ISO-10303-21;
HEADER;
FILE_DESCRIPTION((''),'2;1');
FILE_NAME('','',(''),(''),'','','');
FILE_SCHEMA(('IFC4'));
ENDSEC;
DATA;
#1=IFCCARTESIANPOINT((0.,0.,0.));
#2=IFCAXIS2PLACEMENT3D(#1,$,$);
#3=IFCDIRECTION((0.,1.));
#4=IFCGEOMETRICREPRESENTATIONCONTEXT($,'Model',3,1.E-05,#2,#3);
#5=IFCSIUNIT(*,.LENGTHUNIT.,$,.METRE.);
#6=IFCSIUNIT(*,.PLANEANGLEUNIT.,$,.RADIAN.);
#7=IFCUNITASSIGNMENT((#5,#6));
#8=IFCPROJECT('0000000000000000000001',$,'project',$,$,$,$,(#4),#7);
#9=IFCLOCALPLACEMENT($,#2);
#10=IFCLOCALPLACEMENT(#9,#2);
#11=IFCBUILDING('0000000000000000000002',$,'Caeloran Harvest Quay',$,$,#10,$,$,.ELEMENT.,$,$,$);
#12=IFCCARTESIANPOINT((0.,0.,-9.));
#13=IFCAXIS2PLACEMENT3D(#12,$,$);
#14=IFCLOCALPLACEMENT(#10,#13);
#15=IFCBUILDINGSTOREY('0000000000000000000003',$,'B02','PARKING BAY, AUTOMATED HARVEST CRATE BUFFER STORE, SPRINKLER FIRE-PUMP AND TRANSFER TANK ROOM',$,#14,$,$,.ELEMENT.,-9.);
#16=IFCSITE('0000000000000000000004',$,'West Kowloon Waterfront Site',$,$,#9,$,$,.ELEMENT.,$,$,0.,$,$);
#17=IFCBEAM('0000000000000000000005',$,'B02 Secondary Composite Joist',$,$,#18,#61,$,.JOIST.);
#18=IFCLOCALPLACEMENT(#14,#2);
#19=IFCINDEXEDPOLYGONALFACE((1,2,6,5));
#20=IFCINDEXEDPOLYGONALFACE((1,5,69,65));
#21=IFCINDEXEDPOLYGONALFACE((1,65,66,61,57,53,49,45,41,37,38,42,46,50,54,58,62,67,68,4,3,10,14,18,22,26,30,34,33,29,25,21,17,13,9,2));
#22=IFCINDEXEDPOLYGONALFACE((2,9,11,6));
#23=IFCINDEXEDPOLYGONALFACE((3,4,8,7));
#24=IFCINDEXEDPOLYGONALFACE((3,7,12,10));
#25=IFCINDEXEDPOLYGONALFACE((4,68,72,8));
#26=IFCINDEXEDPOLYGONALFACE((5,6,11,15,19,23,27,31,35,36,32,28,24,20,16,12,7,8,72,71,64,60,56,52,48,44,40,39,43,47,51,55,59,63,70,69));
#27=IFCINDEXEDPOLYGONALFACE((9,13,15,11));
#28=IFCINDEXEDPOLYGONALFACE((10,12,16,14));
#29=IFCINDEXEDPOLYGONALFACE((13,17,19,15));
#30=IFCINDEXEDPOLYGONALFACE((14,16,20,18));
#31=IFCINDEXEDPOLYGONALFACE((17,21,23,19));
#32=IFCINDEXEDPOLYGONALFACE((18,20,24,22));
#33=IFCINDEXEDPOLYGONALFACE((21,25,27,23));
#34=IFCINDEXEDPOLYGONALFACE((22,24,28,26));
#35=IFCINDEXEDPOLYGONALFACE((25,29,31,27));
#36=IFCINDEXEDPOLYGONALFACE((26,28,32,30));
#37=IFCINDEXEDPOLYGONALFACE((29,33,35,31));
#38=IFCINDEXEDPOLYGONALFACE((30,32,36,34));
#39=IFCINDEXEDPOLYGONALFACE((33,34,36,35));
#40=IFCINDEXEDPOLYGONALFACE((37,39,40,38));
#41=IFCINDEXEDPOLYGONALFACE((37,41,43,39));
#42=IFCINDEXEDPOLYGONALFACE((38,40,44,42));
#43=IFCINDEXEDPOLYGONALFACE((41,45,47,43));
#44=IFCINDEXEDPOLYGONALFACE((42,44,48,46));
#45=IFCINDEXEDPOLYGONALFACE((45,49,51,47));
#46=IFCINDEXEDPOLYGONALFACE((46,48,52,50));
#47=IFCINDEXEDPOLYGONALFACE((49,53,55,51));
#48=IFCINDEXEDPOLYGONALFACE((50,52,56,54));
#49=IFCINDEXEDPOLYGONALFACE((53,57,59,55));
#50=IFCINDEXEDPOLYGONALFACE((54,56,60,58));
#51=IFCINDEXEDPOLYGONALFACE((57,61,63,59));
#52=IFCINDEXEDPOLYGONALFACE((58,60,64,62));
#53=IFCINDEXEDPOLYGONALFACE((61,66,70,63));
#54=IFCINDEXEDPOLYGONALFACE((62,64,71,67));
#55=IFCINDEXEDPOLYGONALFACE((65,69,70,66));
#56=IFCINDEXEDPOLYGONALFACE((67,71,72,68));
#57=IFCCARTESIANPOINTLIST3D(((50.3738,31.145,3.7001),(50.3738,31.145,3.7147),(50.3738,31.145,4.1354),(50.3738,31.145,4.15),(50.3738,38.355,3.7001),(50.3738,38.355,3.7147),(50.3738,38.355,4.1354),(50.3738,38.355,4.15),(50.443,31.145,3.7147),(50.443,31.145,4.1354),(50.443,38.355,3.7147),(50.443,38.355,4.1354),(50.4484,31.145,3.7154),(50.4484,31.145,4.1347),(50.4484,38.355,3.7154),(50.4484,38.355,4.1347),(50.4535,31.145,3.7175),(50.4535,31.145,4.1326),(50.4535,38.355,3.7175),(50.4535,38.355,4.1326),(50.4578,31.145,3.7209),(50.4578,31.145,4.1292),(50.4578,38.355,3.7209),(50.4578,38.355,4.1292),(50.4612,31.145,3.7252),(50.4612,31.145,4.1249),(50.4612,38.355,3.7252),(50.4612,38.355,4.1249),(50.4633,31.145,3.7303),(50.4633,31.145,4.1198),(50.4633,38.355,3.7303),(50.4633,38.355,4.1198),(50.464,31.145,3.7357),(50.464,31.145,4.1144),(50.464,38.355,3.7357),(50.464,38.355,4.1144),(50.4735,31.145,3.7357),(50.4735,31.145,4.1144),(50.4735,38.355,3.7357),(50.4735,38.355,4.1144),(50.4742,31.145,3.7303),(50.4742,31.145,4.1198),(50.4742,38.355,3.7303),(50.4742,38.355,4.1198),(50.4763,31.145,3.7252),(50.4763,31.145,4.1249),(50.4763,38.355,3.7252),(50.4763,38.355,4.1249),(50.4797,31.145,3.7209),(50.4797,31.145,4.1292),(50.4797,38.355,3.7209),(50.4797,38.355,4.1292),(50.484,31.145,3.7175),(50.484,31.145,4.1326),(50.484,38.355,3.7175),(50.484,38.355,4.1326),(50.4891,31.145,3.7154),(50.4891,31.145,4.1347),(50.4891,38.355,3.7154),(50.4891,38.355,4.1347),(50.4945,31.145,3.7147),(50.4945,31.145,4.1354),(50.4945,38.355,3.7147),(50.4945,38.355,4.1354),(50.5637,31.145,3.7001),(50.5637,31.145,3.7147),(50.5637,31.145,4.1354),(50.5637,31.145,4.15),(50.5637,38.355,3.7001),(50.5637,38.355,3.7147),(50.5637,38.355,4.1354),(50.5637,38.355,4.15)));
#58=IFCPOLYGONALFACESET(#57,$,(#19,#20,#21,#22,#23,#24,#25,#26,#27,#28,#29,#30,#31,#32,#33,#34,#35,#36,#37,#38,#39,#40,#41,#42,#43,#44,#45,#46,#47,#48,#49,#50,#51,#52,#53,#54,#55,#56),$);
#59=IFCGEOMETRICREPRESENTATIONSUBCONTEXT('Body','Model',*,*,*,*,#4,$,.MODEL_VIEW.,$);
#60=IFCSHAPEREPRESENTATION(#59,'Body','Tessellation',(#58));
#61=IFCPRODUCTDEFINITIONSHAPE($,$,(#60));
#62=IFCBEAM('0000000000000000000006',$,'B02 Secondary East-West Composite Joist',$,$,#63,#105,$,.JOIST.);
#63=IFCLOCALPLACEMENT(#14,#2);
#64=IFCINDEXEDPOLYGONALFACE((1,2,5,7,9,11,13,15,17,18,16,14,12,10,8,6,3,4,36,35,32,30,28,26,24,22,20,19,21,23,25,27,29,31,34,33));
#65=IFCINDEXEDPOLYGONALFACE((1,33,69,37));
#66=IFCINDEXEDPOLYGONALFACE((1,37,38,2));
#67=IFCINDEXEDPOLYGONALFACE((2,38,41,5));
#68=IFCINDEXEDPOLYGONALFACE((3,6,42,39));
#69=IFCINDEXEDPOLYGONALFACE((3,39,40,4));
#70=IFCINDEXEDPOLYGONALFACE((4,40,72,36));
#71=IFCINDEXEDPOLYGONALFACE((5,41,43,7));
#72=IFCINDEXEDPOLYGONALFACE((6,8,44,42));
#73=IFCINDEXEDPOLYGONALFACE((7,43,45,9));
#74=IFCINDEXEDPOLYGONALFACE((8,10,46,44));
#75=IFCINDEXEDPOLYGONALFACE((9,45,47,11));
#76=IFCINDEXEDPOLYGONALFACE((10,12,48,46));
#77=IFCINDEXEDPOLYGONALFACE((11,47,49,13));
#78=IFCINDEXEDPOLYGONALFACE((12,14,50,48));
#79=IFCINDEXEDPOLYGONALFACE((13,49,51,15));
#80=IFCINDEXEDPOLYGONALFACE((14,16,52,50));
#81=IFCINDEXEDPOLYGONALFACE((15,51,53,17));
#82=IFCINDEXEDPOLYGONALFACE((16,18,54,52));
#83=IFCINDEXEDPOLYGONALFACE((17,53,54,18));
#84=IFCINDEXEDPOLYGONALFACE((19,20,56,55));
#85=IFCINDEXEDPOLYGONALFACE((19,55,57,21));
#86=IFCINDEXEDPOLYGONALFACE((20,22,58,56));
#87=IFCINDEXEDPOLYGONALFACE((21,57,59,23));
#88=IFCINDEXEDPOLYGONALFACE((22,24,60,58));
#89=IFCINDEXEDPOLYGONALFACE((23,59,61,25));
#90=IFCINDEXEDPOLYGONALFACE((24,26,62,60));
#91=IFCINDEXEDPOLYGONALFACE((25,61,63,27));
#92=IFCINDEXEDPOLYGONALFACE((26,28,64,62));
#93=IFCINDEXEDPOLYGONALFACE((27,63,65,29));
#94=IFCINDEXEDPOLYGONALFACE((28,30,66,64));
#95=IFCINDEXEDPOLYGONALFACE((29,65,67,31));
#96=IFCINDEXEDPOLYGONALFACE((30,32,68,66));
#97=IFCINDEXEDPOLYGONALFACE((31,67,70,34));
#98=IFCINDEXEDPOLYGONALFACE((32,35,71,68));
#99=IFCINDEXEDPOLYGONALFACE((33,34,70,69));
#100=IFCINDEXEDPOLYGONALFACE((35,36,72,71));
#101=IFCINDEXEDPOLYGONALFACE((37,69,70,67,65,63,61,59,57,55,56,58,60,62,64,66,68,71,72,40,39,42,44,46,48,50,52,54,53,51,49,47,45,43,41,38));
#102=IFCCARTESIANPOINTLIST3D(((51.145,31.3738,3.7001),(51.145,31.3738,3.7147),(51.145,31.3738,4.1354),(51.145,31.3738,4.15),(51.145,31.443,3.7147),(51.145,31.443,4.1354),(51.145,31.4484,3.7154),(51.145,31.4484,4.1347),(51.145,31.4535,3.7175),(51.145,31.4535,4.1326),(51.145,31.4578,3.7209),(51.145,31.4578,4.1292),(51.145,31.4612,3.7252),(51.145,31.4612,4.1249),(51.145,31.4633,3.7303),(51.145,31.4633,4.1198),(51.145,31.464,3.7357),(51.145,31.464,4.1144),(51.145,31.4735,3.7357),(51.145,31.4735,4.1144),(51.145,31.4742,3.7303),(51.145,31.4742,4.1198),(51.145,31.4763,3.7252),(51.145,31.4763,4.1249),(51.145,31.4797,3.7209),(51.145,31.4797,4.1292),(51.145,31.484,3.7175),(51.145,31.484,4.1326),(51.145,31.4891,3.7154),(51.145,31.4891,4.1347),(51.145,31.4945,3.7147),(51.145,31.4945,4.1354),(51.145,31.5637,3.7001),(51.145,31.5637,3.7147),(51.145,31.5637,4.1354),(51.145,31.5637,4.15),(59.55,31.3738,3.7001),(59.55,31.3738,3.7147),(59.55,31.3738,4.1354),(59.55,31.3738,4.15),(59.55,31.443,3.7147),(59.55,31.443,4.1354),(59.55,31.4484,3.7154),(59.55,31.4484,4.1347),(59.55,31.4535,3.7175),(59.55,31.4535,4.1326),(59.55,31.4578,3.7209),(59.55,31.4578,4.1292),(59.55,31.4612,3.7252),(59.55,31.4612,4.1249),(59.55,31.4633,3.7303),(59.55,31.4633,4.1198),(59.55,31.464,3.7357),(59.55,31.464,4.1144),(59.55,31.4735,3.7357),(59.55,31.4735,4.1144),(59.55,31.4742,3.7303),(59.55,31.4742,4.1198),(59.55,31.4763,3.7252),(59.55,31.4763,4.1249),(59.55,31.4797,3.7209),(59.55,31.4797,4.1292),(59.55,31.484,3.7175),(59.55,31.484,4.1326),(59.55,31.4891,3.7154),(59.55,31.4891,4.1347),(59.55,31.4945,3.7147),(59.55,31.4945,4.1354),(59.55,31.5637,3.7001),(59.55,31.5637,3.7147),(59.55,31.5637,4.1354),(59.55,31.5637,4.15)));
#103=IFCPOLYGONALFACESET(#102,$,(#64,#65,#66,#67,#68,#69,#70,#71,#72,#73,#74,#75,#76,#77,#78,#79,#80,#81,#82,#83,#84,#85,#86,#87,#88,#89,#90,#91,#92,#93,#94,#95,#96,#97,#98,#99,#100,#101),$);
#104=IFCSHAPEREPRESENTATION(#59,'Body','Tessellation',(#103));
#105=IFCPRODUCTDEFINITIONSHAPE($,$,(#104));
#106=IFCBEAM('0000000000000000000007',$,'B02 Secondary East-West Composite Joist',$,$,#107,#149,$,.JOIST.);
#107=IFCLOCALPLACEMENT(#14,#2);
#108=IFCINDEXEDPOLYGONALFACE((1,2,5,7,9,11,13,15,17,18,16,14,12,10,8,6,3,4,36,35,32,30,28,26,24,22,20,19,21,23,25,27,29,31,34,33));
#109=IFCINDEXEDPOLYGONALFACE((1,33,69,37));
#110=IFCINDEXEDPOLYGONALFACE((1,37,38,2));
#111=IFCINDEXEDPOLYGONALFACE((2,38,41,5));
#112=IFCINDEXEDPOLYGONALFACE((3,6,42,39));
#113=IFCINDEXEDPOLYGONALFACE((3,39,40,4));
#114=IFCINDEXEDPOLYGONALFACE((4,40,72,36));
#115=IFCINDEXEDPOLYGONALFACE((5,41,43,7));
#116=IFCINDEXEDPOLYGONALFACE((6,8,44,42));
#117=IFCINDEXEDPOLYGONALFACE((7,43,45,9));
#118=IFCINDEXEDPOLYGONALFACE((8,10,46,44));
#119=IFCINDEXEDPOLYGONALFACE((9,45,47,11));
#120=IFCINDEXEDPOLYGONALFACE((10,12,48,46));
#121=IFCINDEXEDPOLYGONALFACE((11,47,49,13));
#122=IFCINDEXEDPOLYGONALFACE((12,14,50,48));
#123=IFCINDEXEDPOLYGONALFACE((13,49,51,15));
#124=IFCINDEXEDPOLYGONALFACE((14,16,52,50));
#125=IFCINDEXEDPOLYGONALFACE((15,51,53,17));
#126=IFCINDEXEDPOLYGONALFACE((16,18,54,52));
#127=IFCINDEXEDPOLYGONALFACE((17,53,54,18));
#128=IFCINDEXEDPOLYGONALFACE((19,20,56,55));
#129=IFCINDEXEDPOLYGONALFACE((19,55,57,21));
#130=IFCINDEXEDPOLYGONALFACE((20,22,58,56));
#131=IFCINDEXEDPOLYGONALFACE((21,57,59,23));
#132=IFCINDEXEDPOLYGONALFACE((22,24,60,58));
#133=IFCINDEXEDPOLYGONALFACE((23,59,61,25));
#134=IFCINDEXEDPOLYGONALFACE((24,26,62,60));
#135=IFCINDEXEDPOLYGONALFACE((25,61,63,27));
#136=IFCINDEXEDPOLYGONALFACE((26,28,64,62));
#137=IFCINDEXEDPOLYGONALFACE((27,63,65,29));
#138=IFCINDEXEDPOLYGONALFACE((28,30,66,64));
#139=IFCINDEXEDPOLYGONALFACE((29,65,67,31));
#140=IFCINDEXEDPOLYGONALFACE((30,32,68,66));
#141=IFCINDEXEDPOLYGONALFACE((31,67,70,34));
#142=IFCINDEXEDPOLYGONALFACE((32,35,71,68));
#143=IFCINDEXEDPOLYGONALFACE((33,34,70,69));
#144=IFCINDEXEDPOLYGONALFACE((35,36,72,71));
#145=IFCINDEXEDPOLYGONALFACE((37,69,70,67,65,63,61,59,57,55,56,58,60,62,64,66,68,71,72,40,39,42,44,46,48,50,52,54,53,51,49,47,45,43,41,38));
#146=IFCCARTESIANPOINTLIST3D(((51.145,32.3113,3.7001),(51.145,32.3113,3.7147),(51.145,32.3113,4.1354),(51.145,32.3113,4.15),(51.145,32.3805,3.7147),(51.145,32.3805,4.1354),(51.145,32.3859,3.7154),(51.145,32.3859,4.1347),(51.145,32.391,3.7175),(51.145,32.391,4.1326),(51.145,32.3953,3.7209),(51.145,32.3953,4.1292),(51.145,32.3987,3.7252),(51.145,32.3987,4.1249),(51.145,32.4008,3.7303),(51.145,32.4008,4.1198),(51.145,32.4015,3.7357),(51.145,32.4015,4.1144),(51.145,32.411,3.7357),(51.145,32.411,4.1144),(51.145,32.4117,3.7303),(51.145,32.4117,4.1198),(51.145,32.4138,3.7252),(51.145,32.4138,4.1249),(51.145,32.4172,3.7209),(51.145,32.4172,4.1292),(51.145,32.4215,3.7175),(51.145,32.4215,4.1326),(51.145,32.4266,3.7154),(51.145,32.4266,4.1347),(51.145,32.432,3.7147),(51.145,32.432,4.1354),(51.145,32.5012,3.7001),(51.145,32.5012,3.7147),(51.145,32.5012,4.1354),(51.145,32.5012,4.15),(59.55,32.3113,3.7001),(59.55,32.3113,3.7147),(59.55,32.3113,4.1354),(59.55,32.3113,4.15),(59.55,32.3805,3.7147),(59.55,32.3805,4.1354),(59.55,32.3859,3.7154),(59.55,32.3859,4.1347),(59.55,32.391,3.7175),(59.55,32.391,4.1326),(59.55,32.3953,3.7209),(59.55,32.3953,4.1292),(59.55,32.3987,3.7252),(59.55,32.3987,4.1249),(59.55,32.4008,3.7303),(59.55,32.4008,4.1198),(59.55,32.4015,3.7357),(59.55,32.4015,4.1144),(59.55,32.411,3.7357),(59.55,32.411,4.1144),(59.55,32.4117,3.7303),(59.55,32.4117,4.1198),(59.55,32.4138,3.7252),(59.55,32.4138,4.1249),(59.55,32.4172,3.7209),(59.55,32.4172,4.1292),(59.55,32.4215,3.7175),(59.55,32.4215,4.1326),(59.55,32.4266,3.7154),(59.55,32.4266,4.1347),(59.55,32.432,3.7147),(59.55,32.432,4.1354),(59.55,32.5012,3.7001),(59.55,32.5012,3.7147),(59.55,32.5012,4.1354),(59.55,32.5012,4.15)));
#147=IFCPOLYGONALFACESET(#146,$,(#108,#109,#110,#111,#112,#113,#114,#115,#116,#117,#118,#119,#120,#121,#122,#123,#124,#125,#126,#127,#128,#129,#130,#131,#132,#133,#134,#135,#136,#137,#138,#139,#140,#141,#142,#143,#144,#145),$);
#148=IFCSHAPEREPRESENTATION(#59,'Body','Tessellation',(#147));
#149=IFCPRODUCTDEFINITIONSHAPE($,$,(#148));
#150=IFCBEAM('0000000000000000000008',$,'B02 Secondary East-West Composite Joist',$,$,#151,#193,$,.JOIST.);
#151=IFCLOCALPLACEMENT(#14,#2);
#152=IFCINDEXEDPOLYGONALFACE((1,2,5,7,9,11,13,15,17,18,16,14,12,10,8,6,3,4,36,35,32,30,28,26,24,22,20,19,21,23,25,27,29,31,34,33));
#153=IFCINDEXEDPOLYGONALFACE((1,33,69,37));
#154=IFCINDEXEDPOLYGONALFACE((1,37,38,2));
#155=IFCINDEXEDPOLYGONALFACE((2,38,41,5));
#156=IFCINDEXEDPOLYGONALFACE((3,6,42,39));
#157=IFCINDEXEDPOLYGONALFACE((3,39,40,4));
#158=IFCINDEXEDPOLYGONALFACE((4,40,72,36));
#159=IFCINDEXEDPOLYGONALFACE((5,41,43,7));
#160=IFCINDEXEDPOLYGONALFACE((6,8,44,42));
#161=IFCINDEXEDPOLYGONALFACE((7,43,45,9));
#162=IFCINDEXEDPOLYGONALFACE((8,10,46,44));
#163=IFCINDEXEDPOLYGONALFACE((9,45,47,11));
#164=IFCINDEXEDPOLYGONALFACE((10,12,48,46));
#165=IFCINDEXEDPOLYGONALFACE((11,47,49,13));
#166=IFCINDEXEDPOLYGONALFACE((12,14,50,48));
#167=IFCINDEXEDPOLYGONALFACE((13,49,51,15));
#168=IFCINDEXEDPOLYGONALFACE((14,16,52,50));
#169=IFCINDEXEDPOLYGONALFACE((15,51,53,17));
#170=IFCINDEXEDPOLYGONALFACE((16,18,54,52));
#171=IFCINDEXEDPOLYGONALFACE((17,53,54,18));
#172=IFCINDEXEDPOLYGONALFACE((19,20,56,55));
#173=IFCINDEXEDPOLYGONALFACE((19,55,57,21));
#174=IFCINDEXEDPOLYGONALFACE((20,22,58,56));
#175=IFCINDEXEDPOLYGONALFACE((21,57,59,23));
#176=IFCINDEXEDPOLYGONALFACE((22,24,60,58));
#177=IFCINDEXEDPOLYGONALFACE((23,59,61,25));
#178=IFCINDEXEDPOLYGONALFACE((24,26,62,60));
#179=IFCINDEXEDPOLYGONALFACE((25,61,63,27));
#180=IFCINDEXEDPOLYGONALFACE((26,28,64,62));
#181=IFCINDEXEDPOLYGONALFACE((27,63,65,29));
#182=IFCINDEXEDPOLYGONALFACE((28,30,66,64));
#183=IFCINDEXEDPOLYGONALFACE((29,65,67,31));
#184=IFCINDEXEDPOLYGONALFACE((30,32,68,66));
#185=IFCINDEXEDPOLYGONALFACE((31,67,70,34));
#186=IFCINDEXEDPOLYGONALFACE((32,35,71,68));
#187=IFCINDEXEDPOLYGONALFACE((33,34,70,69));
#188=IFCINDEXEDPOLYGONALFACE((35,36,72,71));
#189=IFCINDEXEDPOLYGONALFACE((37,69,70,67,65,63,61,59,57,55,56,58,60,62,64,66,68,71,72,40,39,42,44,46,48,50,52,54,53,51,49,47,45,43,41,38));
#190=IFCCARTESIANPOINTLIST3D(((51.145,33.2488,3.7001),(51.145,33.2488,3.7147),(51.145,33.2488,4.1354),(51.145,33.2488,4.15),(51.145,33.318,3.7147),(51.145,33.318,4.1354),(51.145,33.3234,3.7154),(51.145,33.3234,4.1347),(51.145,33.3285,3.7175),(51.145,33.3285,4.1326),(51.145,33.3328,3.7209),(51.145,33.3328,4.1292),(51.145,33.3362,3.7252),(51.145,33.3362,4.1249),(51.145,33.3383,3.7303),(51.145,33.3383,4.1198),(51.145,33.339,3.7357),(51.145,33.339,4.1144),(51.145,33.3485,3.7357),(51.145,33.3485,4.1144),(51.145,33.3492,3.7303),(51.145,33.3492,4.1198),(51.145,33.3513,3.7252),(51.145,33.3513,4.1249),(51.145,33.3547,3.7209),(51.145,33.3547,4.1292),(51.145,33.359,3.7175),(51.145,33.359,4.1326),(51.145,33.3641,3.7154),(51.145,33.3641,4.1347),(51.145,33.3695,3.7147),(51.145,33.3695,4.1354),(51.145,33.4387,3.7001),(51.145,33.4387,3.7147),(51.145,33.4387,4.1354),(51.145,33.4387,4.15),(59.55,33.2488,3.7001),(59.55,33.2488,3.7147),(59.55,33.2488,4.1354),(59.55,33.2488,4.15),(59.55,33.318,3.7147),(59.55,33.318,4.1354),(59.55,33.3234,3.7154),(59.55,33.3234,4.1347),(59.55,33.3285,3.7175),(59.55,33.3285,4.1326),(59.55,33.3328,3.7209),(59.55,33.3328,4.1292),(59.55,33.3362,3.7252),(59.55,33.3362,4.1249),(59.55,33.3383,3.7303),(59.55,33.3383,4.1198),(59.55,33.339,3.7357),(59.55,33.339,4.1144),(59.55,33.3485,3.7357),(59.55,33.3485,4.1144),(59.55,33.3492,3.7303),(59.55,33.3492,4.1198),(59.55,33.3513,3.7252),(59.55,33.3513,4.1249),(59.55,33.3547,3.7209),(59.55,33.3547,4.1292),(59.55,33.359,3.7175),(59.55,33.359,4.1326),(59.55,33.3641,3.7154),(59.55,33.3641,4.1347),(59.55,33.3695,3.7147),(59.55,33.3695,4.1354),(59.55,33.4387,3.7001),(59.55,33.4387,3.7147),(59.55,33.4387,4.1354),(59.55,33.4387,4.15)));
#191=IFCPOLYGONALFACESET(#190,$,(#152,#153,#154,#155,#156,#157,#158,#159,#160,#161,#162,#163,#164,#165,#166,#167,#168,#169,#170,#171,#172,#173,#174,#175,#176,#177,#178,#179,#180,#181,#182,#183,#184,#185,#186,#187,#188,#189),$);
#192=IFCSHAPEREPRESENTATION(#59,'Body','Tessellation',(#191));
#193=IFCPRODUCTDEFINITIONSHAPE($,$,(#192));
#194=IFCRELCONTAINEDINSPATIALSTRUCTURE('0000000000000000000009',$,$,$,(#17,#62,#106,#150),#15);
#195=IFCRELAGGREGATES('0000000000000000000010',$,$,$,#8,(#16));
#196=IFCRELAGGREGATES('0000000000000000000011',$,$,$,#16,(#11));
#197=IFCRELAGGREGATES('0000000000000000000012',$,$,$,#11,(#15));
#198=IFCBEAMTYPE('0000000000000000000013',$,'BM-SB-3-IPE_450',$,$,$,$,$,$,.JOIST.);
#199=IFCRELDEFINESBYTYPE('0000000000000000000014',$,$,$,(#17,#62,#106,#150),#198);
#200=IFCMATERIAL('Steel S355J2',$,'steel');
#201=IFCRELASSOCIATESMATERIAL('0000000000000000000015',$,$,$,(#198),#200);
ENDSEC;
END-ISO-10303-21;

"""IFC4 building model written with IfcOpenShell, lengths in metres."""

from ifc_helpers import new_model, si_unit, direction, frame, origin, origin_2d, place, context, subcontext, project, spatial, i_section, extrude, material, material_profile, profile_set, type_object, element, save


model = new_model("IFC4")

# Units and contexts
model_context = context("Model", 3, precision=1e-05, world=origin(), true_north=direction((0.0, 1.0)))
body_context = subcontext(model_context, "Body", "Model", "MODEL_VIEW")
ifc_project = project(units=[si_unit("LENGTHUNIT", "METRE"), si_unit("PLANEANGLEUNIT", "RADIAN")], contexts=[model_context])

# Site, building, storey
site_placement = place(None, origin())
site = spatial("IfcSite", under=ifc_project, at=site_placement, Name="West Kowloon Waterfront Site", CompositionType="ELEMENT", RefElevation=0.0)
building_placement = place(site_placement, origin())
building = spatial("IfcBuilding", under=site, at=building_placement, Name="Caeloran Harvest Quay", CompositionType="ELEMENT")
storey_placement = place(building_placement, frame((0.0, 0.0, -9.0)))
storey = spatial("IfcBuildingStorey", under=building, at=storey_placement, Name="B02", Description="PARKING BAY, AUTOMATED HARVEST CRATE BUFFER STORE, SPRINKLER FIRE-PUMP AND TRANSFER TANK ROOM", CompositionType="ELEMENT", Elevation=-9.0)

# Beams
ifc_material_1 = material(Name="Steel S355J2", Category="steel")
ifc_material_profile_1 = material_profile(ifc_material_1, i_section(OverallWidth=0.1899, OverallDepth=0.45, WebThickness=0.0095, FlangeThickness=0.0146, FilletRadius=0.021, at=origin_2d()), Name="IPE 450")
ifc_profile_set_1 = profile_set([ifc_material_profile_1], Name="Steel S355J2")
beam_type_1 = type_object("IfcBeamType", Name="BM-SB-3-IPE_450", PredefinedType="JOIST", material=ifc_profile_set_1)
for number, where, z_axis, x_axis, name in (
    (1, (50.4688, 31.145, 3.925), (0.0, 1.0, 0.0), (-1.0, 0.0, 0.0), "B02 Secondary Composite Joist"),
):
    element("IfcBeam", number, at=place(storey_placement, frame(where, z_axis=z_axis, x_axis=x_axis)), inside=storey, type_object=beam_type_1, Name=name, PredefinedType="JOIST", context=body_context, shape_type="SweptSolid", body=[
        extrude(i_section(OverallWidth=0.1899, OverallDepth=0.45, WebThickness=0.0095, FlangeThickness=0.0146, FilletRadius=0.021, at=origin_2d()), origin(), (0.0, 0.0, 1.0), 7.21),
    ])
for number, where, z_axis, x_axis, name in (
    (2, (51.145, 31.4688, 3.925), (1.0, 0.0, 0.0), (0.0, 1.0, 0.0), "B02 Secondary East-West Composite Joist"),
    (3, (51.145, 32.4062, 3.925), (1.0, 0.0, 0.0), (0.0, 1.0, 0.0), "B02 Secondary East-West Composite Joist"),
    (4, (51.145, 33.3438, 3.925), (1.0, 0.0, 0.0), (0.0, 1.0, 0.0), "B02 Secondary East-West Composite Joist"),
):
    element("IfcBeam", number, at=place(storey_placement, frame(where, z_axis=z_axis, x_axis=x_axis)), inside=storey, type_object=beam_type_1, Name=name, PredefinedType="JOIST", context=body_context, shape_type="SweptSolid", body=[
        extrude(i_section(OverallWidth=0.1899, OverallDepth=0.45, WebThickness=0.0095, FlangeThickness=0.0146, FilletRadius=0.021, at=origin_2d()), origin(), (0.0, 0.0, 1.0), 8.405),
    ])

save(model, "model.ifc")
